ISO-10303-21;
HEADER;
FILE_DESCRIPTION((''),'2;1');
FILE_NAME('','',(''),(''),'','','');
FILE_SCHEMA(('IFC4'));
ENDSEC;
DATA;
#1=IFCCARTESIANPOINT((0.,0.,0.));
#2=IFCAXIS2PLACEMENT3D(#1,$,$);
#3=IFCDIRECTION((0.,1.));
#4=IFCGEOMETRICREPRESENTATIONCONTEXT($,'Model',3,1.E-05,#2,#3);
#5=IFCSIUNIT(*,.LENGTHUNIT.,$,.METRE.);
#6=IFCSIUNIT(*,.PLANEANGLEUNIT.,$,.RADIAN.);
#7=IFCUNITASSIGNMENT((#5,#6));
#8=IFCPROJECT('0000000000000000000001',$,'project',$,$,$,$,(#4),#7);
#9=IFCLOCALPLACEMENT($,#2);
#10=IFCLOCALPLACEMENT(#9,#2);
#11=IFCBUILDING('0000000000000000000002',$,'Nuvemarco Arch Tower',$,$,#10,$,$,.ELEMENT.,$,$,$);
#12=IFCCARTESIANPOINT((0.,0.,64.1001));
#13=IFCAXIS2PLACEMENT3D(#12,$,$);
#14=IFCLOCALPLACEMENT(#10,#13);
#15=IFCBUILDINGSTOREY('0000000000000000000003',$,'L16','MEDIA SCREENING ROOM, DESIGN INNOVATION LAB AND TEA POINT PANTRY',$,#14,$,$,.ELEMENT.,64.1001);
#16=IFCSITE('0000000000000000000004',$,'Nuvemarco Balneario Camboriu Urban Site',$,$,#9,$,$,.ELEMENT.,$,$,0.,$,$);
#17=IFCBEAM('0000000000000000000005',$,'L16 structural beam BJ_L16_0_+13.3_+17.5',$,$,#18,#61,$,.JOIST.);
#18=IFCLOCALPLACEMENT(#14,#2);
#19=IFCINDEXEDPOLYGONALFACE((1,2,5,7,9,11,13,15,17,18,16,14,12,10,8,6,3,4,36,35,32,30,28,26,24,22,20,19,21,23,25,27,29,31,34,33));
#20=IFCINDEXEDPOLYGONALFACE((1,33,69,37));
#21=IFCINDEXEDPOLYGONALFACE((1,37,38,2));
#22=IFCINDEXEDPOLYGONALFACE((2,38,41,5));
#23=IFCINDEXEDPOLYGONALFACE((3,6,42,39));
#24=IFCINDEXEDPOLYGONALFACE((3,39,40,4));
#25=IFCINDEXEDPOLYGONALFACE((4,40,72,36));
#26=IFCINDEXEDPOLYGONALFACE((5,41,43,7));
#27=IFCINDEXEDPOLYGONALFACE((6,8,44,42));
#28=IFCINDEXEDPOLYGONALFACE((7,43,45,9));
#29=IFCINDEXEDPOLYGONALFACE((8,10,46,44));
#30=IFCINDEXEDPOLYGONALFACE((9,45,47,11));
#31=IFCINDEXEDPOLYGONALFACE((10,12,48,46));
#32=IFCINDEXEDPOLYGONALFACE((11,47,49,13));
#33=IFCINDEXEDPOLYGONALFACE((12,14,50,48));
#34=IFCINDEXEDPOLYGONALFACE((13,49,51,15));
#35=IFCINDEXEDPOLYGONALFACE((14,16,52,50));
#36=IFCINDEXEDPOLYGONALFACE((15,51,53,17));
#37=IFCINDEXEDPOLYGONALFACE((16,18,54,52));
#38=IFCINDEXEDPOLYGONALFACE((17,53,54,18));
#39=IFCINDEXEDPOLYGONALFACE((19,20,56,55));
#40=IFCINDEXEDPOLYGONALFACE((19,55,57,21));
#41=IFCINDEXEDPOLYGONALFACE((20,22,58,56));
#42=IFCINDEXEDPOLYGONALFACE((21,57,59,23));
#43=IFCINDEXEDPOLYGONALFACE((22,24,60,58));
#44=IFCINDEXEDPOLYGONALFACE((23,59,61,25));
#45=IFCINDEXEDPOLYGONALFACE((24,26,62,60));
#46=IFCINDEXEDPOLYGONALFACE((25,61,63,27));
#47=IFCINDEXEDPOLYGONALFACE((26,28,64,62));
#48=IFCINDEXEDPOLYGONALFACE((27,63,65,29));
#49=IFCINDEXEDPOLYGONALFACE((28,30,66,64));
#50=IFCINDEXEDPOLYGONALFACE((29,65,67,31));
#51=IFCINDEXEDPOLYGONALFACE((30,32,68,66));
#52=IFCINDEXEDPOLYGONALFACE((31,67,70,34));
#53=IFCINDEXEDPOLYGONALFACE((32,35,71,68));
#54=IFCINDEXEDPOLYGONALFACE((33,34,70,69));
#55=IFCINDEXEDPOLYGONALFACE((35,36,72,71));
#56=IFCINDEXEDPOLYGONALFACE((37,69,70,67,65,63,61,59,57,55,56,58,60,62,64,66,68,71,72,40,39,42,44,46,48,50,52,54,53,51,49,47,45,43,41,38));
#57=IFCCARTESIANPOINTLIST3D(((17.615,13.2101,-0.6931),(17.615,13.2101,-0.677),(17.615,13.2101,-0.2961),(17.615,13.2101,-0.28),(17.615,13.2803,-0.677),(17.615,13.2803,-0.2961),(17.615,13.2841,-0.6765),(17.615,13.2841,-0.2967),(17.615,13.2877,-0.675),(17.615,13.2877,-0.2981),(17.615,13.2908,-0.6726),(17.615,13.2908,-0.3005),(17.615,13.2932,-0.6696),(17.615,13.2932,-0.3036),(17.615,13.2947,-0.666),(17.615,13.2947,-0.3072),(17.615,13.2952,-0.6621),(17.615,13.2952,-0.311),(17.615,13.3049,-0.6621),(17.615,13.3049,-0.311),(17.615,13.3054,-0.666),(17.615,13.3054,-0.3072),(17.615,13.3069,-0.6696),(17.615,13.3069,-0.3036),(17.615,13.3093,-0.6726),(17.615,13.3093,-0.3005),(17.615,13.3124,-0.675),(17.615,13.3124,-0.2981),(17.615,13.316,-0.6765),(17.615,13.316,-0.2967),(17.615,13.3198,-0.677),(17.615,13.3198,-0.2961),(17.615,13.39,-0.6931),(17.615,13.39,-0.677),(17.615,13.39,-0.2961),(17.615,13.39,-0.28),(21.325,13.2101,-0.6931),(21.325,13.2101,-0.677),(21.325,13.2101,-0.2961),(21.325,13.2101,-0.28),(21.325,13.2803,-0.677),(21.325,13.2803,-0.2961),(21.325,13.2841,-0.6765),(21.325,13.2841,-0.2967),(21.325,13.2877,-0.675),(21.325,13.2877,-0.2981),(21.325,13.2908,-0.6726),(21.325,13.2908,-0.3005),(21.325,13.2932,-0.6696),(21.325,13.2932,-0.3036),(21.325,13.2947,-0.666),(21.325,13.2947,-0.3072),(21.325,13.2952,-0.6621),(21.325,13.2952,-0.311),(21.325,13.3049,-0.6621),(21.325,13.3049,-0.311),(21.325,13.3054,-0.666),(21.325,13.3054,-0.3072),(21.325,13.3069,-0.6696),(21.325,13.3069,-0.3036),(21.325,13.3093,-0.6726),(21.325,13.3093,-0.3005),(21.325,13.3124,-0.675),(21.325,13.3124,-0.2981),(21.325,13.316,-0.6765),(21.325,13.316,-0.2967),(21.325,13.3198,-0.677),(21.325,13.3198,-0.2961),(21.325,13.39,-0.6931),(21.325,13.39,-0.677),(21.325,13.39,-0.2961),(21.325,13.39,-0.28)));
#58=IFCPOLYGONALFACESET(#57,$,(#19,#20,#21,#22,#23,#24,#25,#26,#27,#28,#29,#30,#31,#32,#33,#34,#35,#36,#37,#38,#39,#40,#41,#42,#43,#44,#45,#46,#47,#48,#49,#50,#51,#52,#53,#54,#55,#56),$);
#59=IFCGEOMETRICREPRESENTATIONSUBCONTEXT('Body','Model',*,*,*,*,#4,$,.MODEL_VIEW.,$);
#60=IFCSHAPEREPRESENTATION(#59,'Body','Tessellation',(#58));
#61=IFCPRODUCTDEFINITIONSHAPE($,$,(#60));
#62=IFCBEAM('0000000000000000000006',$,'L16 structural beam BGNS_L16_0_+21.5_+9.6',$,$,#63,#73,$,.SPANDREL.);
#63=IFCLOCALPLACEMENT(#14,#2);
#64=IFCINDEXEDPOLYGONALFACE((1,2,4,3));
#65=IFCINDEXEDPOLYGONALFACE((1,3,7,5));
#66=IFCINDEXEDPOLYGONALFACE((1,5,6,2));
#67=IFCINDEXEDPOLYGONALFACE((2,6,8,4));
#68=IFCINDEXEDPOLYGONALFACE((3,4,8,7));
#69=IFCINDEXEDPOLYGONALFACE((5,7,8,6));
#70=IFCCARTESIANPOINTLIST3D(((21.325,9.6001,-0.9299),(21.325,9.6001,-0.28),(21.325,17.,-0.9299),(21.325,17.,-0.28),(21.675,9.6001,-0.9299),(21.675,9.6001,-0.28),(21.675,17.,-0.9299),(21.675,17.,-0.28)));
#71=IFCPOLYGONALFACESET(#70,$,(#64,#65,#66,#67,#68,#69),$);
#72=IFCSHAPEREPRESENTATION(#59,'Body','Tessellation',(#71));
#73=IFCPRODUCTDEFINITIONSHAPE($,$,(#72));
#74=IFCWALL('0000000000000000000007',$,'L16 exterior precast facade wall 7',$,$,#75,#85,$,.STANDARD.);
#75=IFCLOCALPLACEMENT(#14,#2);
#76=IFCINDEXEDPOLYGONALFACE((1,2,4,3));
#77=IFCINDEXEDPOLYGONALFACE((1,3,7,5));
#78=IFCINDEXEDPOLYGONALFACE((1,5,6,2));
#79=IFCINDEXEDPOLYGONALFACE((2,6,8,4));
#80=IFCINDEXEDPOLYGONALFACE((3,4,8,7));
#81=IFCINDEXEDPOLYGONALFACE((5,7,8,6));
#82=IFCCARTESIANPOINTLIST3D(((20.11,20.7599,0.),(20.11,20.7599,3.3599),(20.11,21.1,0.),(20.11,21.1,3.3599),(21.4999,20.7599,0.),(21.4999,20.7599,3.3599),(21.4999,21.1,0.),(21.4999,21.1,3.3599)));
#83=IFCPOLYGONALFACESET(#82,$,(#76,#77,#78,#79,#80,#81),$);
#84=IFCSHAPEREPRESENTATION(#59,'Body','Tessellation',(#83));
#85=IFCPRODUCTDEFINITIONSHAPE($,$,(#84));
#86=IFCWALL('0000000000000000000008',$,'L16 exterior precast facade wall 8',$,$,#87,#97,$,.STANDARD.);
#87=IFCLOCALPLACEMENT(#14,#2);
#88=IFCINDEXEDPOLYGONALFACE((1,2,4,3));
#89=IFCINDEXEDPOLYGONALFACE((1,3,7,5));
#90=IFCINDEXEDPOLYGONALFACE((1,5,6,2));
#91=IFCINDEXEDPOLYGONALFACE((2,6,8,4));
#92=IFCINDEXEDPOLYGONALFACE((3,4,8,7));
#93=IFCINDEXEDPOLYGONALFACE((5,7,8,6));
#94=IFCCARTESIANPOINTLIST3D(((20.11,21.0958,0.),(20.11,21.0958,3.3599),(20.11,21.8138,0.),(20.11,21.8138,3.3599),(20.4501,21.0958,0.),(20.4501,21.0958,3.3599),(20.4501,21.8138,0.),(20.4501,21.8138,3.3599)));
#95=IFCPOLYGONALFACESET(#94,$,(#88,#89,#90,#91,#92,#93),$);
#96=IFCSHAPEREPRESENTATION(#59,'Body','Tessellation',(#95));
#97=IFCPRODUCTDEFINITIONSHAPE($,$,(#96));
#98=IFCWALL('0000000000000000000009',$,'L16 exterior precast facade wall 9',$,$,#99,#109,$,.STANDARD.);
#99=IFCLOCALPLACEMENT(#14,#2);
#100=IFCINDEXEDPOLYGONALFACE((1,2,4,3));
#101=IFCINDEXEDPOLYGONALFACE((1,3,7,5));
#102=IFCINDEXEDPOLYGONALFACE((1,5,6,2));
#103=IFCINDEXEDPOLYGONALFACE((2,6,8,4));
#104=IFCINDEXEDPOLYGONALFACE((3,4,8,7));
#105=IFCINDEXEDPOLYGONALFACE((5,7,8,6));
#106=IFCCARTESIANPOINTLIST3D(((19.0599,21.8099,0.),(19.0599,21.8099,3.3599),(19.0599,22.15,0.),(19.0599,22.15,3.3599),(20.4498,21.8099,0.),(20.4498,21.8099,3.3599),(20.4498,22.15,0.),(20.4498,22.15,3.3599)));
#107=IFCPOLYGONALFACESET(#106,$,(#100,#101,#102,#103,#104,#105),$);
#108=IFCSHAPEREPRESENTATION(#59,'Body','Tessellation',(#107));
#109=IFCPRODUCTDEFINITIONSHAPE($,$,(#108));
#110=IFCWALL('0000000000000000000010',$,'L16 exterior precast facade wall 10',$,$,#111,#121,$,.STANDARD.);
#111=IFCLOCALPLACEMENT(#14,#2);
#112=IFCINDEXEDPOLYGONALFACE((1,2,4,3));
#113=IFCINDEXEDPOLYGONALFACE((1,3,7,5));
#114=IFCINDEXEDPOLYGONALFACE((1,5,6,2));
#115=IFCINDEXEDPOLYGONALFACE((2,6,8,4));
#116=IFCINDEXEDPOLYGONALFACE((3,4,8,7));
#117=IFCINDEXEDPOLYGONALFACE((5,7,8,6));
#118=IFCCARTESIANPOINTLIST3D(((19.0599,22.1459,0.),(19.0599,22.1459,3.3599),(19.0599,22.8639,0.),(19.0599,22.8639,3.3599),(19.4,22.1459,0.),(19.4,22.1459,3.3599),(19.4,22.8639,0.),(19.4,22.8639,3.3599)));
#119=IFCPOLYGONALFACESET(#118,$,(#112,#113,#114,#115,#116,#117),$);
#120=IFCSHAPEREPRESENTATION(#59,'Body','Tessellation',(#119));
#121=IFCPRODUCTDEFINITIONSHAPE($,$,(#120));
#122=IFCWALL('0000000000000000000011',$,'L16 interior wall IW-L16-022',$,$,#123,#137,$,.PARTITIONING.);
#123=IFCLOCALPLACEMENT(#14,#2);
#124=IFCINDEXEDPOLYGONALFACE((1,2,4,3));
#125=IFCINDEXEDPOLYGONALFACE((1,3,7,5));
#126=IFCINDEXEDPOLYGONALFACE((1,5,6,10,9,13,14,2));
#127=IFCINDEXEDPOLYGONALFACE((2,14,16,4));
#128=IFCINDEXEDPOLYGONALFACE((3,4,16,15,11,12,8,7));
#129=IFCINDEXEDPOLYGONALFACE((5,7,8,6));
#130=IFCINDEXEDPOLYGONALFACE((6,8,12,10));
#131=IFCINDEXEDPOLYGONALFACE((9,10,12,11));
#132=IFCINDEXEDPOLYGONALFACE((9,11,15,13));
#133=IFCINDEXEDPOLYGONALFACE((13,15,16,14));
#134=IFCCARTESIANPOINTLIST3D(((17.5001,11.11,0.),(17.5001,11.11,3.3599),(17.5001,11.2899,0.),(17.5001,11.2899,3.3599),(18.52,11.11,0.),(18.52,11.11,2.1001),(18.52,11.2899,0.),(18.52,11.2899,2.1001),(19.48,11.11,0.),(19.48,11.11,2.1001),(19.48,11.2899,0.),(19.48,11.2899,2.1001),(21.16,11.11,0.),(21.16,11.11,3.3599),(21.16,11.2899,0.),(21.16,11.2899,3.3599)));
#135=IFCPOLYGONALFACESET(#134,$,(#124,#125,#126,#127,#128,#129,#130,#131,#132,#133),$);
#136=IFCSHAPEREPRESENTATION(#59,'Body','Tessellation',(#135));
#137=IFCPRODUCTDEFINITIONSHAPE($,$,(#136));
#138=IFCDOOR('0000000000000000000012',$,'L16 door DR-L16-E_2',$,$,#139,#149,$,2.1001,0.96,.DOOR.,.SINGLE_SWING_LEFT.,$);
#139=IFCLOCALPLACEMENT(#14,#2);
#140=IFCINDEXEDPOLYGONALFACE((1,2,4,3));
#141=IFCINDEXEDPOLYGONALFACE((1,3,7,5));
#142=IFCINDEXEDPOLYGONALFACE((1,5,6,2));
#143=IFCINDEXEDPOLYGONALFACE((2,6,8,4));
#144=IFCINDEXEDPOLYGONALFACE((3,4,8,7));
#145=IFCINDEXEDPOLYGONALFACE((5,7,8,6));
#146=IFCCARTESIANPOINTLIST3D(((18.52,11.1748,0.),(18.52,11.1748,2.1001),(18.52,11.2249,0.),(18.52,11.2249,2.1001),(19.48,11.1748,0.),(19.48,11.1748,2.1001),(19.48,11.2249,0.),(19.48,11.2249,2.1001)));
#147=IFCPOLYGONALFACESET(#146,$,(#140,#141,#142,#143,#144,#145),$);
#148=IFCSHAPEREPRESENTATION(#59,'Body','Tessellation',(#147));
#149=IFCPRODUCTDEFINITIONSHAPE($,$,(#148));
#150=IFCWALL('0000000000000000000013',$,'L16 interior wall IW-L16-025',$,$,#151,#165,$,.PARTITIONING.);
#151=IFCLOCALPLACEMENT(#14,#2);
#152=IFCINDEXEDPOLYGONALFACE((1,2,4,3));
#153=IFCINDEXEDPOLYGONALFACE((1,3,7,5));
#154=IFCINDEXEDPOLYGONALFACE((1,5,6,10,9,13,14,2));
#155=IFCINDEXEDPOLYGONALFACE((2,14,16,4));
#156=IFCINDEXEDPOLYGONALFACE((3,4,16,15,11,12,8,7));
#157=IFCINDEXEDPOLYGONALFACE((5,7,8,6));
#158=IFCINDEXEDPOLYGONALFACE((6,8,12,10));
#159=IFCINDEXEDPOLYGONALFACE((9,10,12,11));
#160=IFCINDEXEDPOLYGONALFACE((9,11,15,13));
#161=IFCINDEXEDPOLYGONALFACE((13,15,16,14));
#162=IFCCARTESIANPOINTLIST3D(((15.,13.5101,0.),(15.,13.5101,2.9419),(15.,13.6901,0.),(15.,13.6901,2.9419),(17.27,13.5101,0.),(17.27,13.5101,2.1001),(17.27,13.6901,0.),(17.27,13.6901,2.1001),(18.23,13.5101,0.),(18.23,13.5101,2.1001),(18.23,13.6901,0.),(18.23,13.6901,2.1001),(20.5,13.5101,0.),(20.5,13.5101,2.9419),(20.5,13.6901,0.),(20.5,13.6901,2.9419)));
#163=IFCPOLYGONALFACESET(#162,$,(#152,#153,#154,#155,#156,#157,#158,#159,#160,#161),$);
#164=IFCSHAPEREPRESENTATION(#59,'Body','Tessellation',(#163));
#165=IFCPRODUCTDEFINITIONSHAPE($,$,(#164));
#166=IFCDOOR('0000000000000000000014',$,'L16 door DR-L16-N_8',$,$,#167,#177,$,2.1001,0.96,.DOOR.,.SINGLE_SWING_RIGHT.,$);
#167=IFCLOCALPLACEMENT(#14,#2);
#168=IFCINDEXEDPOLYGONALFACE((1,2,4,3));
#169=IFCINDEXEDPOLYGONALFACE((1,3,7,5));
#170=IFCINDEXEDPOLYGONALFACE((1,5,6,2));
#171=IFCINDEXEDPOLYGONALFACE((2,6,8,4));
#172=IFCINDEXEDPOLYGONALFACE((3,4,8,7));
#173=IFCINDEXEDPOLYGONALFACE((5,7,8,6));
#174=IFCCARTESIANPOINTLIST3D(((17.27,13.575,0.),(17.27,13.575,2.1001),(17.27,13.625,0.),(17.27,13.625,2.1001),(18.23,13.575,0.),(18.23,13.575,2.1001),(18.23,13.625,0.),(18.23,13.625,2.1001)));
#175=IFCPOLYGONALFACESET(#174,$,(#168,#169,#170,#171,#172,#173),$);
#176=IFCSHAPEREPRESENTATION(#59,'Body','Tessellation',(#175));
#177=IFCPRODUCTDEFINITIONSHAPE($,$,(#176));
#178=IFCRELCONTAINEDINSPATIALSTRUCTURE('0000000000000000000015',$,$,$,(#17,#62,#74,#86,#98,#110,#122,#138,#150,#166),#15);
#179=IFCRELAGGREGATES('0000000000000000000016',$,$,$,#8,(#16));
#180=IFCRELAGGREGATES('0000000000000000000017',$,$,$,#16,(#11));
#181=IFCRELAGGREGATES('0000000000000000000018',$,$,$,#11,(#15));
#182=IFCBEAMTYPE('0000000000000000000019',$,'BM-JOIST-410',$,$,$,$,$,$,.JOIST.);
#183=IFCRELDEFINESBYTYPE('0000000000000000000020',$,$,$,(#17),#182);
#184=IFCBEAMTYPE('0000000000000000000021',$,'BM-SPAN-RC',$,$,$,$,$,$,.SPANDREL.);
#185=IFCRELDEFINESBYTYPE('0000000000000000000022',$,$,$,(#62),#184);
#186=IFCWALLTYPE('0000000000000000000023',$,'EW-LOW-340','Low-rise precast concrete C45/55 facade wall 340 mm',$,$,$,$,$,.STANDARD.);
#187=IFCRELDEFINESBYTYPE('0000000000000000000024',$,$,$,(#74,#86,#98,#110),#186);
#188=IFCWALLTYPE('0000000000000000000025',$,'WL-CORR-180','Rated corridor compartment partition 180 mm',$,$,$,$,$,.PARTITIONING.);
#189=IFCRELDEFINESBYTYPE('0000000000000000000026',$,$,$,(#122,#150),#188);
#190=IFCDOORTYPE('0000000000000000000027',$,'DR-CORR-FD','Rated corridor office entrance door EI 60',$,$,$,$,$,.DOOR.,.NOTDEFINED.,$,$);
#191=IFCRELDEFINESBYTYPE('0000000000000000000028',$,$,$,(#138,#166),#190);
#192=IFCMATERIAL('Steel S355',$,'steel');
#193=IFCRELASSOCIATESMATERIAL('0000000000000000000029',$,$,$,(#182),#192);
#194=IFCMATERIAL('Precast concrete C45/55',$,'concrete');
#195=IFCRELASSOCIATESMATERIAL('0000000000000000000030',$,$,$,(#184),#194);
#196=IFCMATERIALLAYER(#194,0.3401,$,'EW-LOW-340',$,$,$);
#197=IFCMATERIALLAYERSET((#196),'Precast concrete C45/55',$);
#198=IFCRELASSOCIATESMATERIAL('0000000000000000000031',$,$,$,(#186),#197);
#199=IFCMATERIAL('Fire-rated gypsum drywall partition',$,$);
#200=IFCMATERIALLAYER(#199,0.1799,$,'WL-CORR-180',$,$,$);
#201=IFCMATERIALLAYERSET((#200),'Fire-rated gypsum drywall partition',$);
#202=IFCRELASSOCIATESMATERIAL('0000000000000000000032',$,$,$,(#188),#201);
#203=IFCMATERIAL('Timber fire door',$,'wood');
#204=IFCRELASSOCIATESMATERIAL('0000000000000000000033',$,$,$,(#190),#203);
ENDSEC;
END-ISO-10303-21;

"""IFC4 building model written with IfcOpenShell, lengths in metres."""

from ifc_helpers import new_model, si_unit, direction, frame, frame_2d, origin, origin_2d, place, context, subcontext, project, spatial, rectangle, i_section, extrude, source, transform, mapped, material, layer, layer_set, material_profile, profile_set, type_object, type_shapes, element, fill, save


model = new_model("IFC4")

# Units and contexts
model_context = context("Model", 3, precision=1e-05, world=origin(), true_north=direction((0.0, 1.0)))
body_context = subcontext(model_context, "Body", "Model", "MODEL_VIEW")
ifc_project = project(units=[si_unit("LENGTHUNIT", "METRE"), si_unit("PLANEANGLEUNIT", "RADIAN")], contexts=[model_context])

# Site, building, storey
site_placement = place(None, origin())
site = spatial("IfcSite", under=ifc_project, at=site_placement, Name="Nuvemarco Balneario Camboriu Urban Site", CompositionType="ELEMENT", RefElevation=0.0)
building_placement = place(site_placement, origin())
building = spatial("IfcBuilding", under=site, at=building_placement, Name="Nuvemarco Arch Tower", CompositionType="ELEMENT")
storey_placement = place(building_placement, frame((0.0, 0.0, 64.1001)))
storey = spatial("IfcBuildingStorey", under=building, at=storey_placement, Name="L16", Description="MEDIA SCREENING ROOM, DESIGN INNOVATION LAB AND TEA POINT PANTRY", CompositionType="ELEMENT", Elevation=64.1001)

# Shared definitions
ifc_material_1 = material(Name="Steel S355", Category="steel")

# Beams
ifc_material_profile_1 = material_profile(ifc_material_1, i_section(OverallWidth=0.1799, OverallDepth=0.4131, WebThickness=0.0098, FlangeThickness=0.0161, FilletRadius=0.0149, at=origin_2d()), Name="W410x75")
ifc_profile_set_1 = profile_set([ifc_material_profile_1], Name="Steel S355")
beam_type_1 = type_object("IfcBeamType", Name="BM-JOIST-410", PredefinedType="JOIST", material=ifc_profile_set_1)
beam_1_placement = place(storey_placement, frame((17.615, 13.3, -0.4866), z_axis=(1.0, 0.0, 0.0), x_axis=(0.0, 1.0, 0.0)))
element("IfcBeam", 1, at=beam_1_placement, inside=storey, type_object=beam_type_1, Name="L16 structural beam BJ_L16_0_+13.3_+17.5", PredefinedType="JOIST", context=body_context, shape_type="SweptSolid", body=[
    extrude(i_section(OverallWidth=0.1799, OverallDepth=0.4131, WebThickness=0.0098, FlangeThickness=0.0161, FilletRadius=0.0149, at=origin_2d()), origin(), (0.0, 0.0, 1.0), 3.71),
])
ifc_material_2 = material(Name="Precast concrete C45/55", Category="concrete")
ifc_material_profile_2 = material_profile(ifc_material_2, rectangle(XDim=0.3501, YDim=0.6499, at=origin_2d()), Name="PC-SP-350x650")
ifc_profile_set_2 = profile_set([ifc_material_profile_2], Name="Precast concrete C45/55")
beam_type_2 = type_object("IfcBeamType", Name="BM-SPAN-RC", PredefinedType="SPANDREL", material=ifc_profile_set_2)
beam_2_placement = place(storey_placement, frame((21.5, 9.6001, -0.605), z_axis=(0.0, 1.0, 0.0), x_axis=(-1.0, 0.0, 0.0)))
element("IfcBeam", 2, at=beam_2_placement, inside=storey, type_object=beam_type_2, Name="L16 structural beam BGNS_L16_0_+21.5_+9.6", PredefinedType="SPANDREL", context=body_context, shape_type="SweptSolid", body=[
    extrude(rectangle(XDim=0.3501, YDim=0.6499, at=origin_2d()), origin(), (0.0, 0.0, 1.0), 7.3999),
])

# Walls
ifc_layer_1 = layer(ifc_material_2, 0.3401, Name="EW-LOW-340")
ifc_layer_set_1 = layer_set([ifc_layer_1], Name="Precast concrete C45/55")
wall_type_1 = type_object("IfcWallType", Name="EW-LOW-340", Description="Low-rise precast concrete C45/55 facade wall 340 mm", PredefinedType="STANDARD", material=ifc_layer_set_1)
wall_1_placement = place(storey_placement, frame((20.1101, 20.9299, 0.0), z_axis=(0.0, 0.0, 1.0), x_axis=(1.0, 0.0, 0.0)))
element("IfcWall", 3, at=wall_1_placement, inside=storey, type_object=wall_type_1, Name="L16 exterior precast facade wall 7", PredefinedType="STANDARD", context=body_context, shape_type="SweptSolid", body=[
    extrude(rectangle(XDim=1.3899, YDim=0.3401, at=frame_2d((0.6948, 0.0))), origin(), (0.0, 0.0, 1.0), 3.3599),
])
wall_2_placement = place(storey_placement, frame((20.28, 21.0959, 0.0), z_axis=(0.0, 0.0, 1.0), x_axis=(0.0, 1.0, 0.0)))
element("IfcWall", 4, at=wall_2_placement, inside=storey, type_object=wall_type_1, Name="L16 exterior precast facade wall 8", PredefinedType="STANDARD", context=body_context, shape_type="SweptSolid", body=[
    extrude(rectangle(XDim=0.718, YDim=0.3401, at=frame_2d((0.3589, 0.0))), origin(), (0.0, 0.0, 1.0), 3.3599),
])
wall_3_placement = place(storey_placement, frame((19.0601, 21.98, 0.0), z_axis=(0.0, 0.0, 1.0), x_axis=(1.0, 0.0, 0.0)))
element("IfcWall", 5, at=wall_3_placement, inside=storey, type_object=wall_type_1, Name="L16 exterior precast facade wall 9", PredefinedType="STANDARD", context=body_context, shape_type="SweptSolid", body=[
    extrude(rectangle(XDim=1.3899, YDim=0.3401, at=frame_2d((0.6948, 0.0))), origin(), (0.0, 0.0, 1.0), 3.3599),
])
wall_4_placement = place(storey_placement, frame((19.23, 22.146, 0.0), z_axis=(0.0, 0.0, 1.0), x_axis=(0.0, 1.0, 0.0)))
element("IfcWall", 6, at=wall_4_placement, inside=storey, type_object=wall_type_1, Name="L16 exterior precast facade wall 10", PredefinedType="STANDARD", context=body_context, shape_type="SweptSolid", body=[
    extrude(rectangle(XDim=0.718, YDim=0.3401, at=frame_2d((0.3589, 0.0))), origin(), (0.0, 0.0, 1.0), 3.3599),
])

# Walls, openings, doors
ifc_material_3 = material(Name="Fire-rated gypsum drywall partition")
ifc_layer_2 = layer(ifc_material_3, 0.1799, Name="WL-CORR-180")
ifc_layer_set_2 = layer_set([ifc_layer_2], Name="Fire-rated gypsum drywall partition")
wall_type_2 = type_object("IfcWallType", Name="WL-CORR-180", Description="Rated corridor compartment partition 180 mm", PredefinedType="PARTITIONING", material=ifc_layer_set_2)
wall_5_placement = place(storey_placement, frame((17.5, 11.2, 0.0), z_axis=(0.0, 0.0, 1.0), x_axis=(1.0, 0.0, 0.0)))
wall_5 = element("IfcWall", 7, at=wall_5_placement, inside=storey, type_object=wall_type_2, Name="L16 interior wall IW-L16-022", PredefinedType="PARTITIONING", context=body_context, shape_type="SweptSolid", body=[
    extrude(rectangle(XDim=3.6599, YDim=0.1799, at=frame_2d((1.8301, 0.0))), origin(), (0.0, 0.0, 1.0), 3.3599),
])
opening_1_placement = place(wall_5_placement, frame((1.02, 0.0, 0.0)))
opening_1 = element("IfcOpeningElement", 8, at=opening_1_placement, cuts=wall_5, PredefinedType="OPENING", context=body_context, shape_type="SweptSolid", body=[
    extrude(rectangle(XDim=0.96, YDim=2.1001, at=frame_2d((0.48, 1.05))), frame((0.0, 0.0999, 0.0), z_axis=(0.0, -1.0, 0.0), x_axis=(1.0, 0.0, 0.0)), (0.0, 0.0, 1.0), 0.2),
])
ifc_material_4 = material(Name="Timber fire door", Category="wood")
door_type = type_object("IfcDoorType", Name="DR-CORR-FD", Description="Rated corridor office entrance door EI 60", OperationType="NOTDEFINED", PredefinedType="DOOR", material=ifc_material_4)
shared_shape_1 = source(origin(), body_context, "Body", "SweptSolid", [
    extrude(rectangle(XDim=0.96, YDim=2.1001, at=frame_2d((0.48, 1.05))), frame((0.0, 0.0249, 0.0), z_axis=(0.0, -1.0, 0.0), x_axis=(1.0, 0.0, 0.0)), (0.0, 0.0, 1.0), 0.05),
])
type_shapes(door_type, [shared_shape_1])
door_1_placement = place(opening_1_placement, origin())
door_1 = element("IfcDoor", 9, at=door_1_placement, inside=storey, type_object=door_type, Name="L16 door DR-L16-E_2", OperationType="SINGLE_SWING_LEFT", OverallHeight=2.1001, OverallWidth=0.96, PredefinedType="DOOR", context=body_context, shape_type="MappedRepresentation", body=[
    mapped(shared_shape_1, transform((0.0, 0.0, 0.0), scale=1.0)),
])
fill(opening_1, door_1)
wall_6_placement = place(storey_placement, frame((15.0, 13.6001, 0.0), z_axis=(0.0, 0.0, 1.0), x_axis=(1.0, 0.0, 0.0)))
wall_6 = element("IfcWall", 10, at=wall_6_placement, inside=storey, type_object=wall_type_2, Name="L16 interior wall IW-L16-025", PredefinedType="PARTITIONING", context=body_context, shape_type="SweptSolid", body=[
    extrude(rectangle(XDim=5.5, YDim=0.1799, at=frame_2d((2.75, 0.0))), origin(), (0.0, 0.0, 1.0), 2.9419),
])
opening_2_placement = place(wall_6_placement, frame((2.27, 0.0, 0.0)))
opening_2 = element("IfcOpeningElement", 11, at=opening_2_placement, cuts=wall_6, PredefinedType="OPENING", context=body_context, shape_type="SweptSolid", body=[
    extrude(rectangle(XDim=0.96, YDim=2.1001, at=frame_2d((0.48, 1.05))), frame((0.0, 0.0999, 0.0), z_axis=(0.0, -1.0, 0.0), x_axis=(1.0, 0.0, 0.0)), (0.0, 0.0, 1.0), 0.2),
])
door_2_placement = place(opening_2_placement, origin())
door_2 = element("IfcDoor", 12, at=door_2_placement, inside=storey, type_object=door_type, Name="L16 door DR-L16-N_8", OperationType="SINGLE_SWING_RIGHT", OverallHeight=2.1001, OverallWidth=0.96, PredefinedType="DOOR", context=body_context, shape_type="MappedRepresentation", body=[
    mapped(shared_shape_1, transform((0.0, 0.0, 0.0), scale=1.0)),
])
fill(opening_2, door_2)

save(model, "model.ifc")
